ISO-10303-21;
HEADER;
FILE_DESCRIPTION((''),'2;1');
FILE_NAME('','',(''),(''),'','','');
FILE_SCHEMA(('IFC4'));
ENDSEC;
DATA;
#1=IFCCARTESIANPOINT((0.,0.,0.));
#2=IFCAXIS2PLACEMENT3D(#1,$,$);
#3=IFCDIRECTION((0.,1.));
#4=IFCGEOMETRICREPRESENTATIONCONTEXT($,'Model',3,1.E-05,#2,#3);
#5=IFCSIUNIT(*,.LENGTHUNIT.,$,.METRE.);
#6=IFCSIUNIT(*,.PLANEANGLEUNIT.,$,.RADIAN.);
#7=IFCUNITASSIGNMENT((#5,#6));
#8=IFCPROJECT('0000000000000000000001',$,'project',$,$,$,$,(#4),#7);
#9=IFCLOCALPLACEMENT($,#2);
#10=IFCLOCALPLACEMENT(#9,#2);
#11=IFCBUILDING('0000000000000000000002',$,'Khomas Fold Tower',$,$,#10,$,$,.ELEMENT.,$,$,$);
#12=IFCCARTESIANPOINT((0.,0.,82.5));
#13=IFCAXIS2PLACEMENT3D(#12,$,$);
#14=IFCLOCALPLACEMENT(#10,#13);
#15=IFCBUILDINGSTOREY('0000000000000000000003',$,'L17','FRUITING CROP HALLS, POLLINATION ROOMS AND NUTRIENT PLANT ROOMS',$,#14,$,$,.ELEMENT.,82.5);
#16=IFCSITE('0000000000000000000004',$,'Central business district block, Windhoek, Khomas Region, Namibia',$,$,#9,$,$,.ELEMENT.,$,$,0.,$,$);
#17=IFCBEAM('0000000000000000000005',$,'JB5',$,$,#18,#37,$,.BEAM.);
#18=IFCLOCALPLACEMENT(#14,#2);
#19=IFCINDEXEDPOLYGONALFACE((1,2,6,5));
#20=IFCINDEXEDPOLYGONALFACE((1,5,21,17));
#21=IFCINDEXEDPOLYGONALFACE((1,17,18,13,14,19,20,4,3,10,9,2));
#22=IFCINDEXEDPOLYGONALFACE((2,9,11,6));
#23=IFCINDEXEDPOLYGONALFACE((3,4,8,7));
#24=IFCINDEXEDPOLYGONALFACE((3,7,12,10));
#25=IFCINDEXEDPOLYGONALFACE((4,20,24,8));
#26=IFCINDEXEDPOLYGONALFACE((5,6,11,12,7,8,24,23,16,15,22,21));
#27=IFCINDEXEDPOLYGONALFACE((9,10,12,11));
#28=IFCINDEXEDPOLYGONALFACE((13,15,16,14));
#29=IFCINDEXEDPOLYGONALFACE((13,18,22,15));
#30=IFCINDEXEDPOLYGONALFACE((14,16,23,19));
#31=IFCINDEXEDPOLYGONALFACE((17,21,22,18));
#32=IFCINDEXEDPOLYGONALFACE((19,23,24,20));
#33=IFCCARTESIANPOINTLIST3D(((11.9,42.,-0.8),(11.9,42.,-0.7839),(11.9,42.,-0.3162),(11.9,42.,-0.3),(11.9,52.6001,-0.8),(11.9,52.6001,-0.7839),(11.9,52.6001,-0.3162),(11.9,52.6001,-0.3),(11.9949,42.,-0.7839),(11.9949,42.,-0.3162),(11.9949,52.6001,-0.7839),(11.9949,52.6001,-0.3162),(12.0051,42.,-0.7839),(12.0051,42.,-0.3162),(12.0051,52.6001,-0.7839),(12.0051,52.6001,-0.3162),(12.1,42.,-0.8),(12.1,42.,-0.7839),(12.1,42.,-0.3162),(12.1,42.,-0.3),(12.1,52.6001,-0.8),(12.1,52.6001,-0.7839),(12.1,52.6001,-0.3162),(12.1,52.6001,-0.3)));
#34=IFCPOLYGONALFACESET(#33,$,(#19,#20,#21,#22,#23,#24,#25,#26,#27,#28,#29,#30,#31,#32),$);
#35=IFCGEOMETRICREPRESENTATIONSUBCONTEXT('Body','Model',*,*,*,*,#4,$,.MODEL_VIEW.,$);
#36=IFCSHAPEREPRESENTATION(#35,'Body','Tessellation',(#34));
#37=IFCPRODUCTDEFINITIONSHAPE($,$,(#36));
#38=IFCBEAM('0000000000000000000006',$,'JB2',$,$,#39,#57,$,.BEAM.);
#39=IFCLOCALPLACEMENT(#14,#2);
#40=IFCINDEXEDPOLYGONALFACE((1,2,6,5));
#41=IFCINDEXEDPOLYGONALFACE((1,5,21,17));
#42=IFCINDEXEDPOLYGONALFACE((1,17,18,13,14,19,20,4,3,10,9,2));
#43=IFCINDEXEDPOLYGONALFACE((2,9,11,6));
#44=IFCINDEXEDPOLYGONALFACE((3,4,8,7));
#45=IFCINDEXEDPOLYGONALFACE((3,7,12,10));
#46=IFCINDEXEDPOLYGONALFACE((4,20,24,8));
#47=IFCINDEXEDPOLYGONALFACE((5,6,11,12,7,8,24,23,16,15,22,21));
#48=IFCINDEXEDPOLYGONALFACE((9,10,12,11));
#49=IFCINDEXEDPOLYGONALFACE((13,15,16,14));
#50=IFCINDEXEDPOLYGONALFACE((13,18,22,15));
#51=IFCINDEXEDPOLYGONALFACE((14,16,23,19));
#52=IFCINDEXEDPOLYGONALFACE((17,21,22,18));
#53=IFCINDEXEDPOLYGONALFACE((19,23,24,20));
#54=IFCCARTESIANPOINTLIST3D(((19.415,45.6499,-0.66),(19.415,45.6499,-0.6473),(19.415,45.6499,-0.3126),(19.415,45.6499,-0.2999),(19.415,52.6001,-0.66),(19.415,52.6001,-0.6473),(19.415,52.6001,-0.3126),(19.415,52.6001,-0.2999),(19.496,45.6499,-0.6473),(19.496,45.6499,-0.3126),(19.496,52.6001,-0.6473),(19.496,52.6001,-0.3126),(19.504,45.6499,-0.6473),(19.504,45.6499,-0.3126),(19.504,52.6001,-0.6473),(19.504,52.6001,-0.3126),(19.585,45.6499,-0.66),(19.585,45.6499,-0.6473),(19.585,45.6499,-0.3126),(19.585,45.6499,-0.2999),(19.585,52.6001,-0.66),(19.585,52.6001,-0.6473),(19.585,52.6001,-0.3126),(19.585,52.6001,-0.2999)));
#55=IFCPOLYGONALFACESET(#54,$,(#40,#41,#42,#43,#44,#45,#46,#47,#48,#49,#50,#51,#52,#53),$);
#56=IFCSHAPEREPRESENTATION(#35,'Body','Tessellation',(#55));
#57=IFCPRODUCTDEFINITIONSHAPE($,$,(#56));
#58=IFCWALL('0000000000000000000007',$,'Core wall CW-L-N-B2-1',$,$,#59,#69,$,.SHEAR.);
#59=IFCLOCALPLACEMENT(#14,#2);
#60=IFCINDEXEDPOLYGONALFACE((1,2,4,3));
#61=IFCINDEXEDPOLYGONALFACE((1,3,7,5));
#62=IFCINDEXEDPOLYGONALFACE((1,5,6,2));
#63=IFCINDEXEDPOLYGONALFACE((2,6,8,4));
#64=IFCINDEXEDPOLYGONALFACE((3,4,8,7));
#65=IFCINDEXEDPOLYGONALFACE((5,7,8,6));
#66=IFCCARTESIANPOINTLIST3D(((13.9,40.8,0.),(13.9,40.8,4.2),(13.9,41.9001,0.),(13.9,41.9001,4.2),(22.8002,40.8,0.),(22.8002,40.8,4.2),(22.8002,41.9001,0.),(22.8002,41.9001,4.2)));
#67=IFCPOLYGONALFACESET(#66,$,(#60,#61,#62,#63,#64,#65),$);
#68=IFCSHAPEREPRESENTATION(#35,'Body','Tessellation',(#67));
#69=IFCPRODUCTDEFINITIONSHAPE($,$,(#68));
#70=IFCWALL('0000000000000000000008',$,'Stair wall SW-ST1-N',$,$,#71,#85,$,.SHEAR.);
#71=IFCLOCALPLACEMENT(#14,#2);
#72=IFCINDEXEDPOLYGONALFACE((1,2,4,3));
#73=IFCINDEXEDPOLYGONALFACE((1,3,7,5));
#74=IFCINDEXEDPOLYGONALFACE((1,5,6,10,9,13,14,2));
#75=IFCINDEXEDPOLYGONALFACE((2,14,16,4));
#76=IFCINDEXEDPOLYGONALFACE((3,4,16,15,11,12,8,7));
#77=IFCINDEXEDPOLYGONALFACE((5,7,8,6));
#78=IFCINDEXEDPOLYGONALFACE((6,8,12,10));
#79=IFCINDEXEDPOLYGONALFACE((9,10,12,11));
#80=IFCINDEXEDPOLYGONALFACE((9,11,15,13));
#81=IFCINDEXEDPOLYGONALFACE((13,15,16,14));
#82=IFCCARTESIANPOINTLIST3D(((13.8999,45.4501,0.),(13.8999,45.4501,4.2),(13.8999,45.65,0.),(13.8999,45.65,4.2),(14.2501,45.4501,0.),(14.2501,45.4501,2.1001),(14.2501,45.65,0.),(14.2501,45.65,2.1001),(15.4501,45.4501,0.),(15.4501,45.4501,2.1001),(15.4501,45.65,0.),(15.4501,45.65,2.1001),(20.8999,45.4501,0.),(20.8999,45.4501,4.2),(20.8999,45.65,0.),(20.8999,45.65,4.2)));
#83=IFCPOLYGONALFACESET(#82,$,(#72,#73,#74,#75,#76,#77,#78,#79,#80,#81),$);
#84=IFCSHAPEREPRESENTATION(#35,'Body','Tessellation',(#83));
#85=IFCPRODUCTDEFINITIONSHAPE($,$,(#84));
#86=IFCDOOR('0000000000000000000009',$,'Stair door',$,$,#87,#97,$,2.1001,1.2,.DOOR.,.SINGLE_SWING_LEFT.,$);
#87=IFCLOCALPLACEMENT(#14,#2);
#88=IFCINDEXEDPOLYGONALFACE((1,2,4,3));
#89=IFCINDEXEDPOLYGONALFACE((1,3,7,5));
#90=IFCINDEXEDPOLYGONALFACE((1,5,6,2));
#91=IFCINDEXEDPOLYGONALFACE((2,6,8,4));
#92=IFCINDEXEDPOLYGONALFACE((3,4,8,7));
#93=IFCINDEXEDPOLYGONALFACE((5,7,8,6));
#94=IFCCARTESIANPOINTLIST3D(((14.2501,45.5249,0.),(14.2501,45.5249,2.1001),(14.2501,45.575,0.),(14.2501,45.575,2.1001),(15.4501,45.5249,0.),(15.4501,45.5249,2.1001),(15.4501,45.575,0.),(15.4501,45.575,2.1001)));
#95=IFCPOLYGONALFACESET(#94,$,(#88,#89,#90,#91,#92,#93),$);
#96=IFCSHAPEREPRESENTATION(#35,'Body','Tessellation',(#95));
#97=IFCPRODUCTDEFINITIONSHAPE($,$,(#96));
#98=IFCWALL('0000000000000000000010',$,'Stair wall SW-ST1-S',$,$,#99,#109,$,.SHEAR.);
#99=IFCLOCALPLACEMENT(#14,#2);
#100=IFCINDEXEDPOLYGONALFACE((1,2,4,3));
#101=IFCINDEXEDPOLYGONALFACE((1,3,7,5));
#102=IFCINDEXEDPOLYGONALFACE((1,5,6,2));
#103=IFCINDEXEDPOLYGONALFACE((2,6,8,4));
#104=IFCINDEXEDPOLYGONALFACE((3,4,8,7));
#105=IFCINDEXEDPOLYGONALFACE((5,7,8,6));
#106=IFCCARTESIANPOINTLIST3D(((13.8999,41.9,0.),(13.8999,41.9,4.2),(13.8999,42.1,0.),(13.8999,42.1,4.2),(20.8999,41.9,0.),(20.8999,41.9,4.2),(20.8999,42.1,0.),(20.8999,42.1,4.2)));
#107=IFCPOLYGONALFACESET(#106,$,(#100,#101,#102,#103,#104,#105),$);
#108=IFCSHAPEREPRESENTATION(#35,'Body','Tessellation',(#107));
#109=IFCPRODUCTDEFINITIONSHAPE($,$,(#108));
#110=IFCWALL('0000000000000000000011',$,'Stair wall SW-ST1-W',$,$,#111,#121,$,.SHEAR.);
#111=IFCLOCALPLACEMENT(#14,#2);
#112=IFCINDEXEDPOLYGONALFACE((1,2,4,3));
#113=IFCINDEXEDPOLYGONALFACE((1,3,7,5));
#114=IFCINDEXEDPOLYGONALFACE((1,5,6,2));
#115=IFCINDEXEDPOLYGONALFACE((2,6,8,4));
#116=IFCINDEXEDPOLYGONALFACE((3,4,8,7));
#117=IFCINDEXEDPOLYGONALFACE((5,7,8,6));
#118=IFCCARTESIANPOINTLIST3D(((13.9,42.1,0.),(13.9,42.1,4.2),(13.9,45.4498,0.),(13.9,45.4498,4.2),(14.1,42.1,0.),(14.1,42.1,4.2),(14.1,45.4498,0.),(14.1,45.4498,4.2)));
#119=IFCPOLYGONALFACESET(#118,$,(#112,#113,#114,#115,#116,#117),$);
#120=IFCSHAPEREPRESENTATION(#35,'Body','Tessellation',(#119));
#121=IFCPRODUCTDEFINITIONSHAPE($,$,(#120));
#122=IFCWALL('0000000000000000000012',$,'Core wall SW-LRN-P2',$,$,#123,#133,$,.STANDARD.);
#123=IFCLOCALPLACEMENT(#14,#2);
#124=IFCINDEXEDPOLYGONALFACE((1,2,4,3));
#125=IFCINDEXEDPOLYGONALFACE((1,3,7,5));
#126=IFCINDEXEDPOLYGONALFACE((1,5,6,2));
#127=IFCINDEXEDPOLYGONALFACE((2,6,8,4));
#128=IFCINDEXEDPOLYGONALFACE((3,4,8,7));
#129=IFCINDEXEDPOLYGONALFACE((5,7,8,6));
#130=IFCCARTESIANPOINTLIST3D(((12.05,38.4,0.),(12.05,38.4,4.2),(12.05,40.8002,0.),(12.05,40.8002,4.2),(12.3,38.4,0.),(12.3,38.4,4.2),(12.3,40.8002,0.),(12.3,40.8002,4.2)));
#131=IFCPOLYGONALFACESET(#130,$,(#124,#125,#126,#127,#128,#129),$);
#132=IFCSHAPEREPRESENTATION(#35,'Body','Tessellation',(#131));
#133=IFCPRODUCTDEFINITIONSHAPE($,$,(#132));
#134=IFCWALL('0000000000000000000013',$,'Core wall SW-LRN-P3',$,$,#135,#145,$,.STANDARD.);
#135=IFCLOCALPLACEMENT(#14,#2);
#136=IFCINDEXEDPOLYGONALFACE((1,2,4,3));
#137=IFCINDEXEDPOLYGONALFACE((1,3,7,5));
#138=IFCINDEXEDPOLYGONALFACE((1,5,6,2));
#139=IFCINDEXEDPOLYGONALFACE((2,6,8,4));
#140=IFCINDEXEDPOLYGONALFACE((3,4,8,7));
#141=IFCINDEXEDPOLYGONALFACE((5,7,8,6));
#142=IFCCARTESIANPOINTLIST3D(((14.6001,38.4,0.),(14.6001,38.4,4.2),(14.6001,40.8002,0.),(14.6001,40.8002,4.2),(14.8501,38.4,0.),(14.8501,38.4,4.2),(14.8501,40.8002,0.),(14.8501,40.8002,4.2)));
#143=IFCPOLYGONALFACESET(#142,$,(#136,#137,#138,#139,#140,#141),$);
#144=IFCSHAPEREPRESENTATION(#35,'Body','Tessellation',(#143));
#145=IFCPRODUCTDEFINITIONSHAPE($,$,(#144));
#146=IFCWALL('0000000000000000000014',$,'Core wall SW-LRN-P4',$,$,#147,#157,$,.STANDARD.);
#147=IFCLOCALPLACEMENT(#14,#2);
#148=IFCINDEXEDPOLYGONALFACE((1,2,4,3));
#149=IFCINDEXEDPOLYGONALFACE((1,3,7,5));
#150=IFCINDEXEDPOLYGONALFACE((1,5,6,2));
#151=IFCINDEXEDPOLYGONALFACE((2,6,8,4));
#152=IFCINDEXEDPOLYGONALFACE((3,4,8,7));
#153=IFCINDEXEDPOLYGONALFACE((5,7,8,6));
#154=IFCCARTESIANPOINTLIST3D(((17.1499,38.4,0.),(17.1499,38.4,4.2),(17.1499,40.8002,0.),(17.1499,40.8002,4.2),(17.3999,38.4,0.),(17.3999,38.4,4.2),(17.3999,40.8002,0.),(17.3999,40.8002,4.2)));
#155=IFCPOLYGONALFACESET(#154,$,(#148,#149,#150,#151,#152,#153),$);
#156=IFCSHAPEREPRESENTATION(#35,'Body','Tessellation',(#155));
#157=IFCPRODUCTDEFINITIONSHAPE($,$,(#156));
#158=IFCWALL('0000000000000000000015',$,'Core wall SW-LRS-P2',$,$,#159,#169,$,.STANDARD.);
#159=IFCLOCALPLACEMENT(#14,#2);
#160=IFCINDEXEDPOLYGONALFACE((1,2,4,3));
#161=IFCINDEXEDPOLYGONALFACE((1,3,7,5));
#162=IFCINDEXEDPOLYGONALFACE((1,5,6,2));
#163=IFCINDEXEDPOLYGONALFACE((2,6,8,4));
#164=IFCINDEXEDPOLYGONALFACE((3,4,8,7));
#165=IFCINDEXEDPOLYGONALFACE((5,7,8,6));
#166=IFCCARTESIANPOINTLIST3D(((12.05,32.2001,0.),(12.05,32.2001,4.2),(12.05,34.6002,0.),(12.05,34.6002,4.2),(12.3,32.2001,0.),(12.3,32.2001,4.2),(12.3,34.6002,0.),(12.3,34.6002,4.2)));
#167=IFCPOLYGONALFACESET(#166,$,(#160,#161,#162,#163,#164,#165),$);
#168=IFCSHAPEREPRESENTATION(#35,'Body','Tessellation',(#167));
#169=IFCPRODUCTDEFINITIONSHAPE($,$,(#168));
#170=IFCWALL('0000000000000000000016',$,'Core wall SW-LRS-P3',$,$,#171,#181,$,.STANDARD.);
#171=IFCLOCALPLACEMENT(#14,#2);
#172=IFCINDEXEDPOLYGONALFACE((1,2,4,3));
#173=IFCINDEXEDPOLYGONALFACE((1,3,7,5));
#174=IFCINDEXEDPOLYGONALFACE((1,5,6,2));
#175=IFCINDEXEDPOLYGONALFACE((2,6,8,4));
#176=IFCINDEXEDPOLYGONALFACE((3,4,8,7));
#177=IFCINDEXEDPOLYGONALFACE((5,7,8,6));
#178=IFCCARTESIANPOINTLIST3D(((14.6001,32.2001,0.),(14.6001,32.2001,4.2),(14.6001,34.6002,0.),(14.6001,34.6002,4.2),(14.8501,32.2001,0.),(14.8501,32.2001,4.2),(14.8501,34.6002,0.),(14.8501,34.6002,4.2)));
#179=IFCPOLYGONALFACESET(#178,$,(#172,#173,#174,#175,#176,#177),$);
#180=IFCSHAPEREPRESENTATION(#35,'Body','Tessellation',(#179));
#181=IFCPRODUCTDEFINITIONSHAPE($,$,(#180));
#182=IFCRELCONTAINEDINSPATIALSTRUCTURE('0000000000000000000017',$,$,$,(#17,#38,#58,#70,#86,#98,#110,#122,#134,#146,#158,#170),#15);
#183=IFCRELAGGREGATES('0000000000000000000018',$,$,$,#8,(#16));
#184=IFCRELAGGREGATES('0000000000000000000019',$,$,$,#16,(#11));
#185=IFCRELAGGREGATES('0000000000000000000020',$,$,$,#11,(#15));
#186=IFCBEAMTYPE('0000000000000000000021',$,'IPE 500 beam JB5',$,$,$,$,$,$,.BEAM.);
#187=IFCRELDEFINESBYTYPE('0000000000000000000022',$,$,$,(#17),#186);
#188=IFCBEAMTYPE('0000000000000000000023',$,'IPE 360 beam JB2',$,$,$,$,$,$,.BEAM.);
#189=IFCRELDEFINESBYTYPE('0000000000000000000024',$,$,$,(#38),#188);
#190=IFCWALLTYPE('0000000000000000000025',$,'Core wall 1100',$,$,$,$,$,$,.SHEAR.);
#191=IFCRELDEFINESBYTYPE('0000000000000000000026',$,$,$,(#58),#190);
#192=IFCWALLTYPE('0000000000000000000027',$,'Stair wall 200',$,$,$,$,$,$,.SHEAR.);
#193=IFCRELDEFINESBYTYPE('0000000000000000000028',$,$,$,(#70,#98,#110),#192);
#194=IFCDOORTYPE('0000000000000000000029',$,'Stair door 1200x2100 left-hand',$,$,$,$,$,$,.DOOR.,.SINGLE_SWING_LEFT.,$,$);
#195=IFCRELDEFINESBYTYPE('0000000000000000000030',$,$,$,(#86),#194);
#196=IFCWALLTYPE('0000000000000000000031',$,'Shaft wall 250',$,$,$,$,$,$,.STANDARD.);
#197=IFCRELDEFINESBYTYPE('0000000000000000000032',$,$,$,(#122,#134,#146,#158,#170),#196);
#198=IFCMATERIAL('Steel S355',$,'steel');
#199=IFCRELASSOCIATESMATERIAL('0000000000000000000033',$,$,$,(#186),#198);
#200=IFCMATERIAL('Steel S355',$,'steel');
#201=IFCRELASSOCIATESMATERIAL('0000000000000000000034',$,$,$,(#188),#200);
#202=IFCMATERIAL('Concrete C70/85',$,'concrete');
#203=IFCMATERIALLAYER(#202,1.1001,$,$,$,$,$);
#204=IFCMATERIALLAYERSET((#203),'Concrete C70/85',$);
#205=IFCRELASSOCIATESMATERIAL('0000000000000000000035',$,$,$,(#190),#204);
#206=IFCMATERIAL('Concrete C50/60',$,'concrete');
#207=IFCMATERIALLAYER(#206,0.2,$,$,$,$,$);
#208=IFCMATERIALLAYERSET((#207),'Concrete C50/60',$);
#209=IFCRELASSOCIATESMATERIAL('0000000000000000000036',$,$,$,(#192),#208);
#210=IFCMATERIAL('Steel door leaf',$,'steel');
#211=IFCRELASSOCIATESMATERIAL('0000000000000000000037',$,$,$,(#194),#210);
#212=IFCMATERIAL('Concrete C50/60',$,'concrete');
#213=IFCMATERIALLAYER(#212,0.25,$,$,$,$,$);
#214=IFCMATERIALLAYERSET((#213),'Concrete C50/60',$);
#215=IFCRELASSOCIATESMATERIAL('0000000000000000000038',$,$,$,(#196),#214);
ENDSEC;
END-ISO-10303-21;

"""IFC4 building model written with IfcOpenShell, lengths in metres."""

from ifc_helpers import new_model, si_unit, direction, frame, frame_2d, origin, origin_2d, place, context, subcontext, project, spatial, rectangle, i_section, extrude, source, transform, mapped, material, layer, layer_set, material_profile, profile_set, type_object, element, fill, save


model = new_model("IFC4")

# Units and contexts
model_context = context("Model", 3, precision=1e-05, world=origin(), true_north=direction((0.0, 1.0)))
body_context = subcontext(model_context, "Body", "Model", "MODEL_VIEW")
ifc_project = project(units=[si_unit("LENGTHUNIT", "METRE"), si_unit("PLANEANGLEUNIT", "RADIAN")], contexts=[model_context])

# Site, building, storey
site_placement = place(None, origin())
site = spatial("IfcSite", under=ifc_project, at=site_placement, Name="Central business district block, Windhoek, Khomas Region, Namibia", CompositionType="ELEMENT", RefElevation=0.0)
building_placement = place(site_placement, origin())
building = spatial("IfcBuilding", under=site, at=building_placement, Name="Khomas Fold Tower", CompositionType="ELEMENT")
storey_placement = place(building_placement, frame((0.0, 0.0, 82.5)))
storey = spatial("IfcBuildingStorey", under=building, at=storey_placement, Name="L17", Description="FRUITING CROP HALLS, POLLINATION ROOMS AND NUTRIENT PLANT ROOMS", CompositionType="ELEMENT", Elevation=82.5)

# Beams
ifc_material_1 = material(Name="Steel S355", Category="steel")
ifc_material_profile_1 = material_profile(ifc_material_1, i_section(OverallWidth=0.2, OverallDepth=0.5, WebThickness=0.0103, FlangeThickness=0.0161, at=origin_2d()), Name="IPE 500")
ifc_profile_set_1 = profile_set([ifc_material_profile_1], Name="Steel S355")
beam_type_1 = type_object("IfcBeamType", Name="IPE 500 beam JB5", PredefinedType="BEAM", material=ifc_profile_set_1)
shared_shape_1 = source(origin(), body_context, "Body", "SweptSolid", [
    extrude(i_section(OverallWidth=0.2, OverallDepth=0.5, WebThickness=0.0103, FlangeThickness=0.0161, at=origin_2d()), origin(), (0.0, 0.0, 1.0), 10.6001),
])
beam_1_placement = place(storey_placement, frame((12.0, 42.0, -0.55), z_axis=(0.0, 1.0, 0.0), x_axis=(-1.0, 0.0, 0.0)))
element("IfcBeam", 1, at=beam_1_placement, inside=storey, type_object=beam_type_1, Name="JB5", PredefinedType="BEAM", context=body_context, shape_type="MappedRepresentation", body=[
    mapped(shared_shape_1, transform((0.0, 0.0, 0.0))),
])
ifc_material_2 = material(Name="Steel S355", Category="steel")
ifc_material_profile_2 = material_profile(ifc_material_2, i_section(OverallWidth=0.1699, OverallDepth=0.3601, WebThickness=0.0081, FlangeThickness=0.0127, at=origin_2d()), Name="IPE 360")
ifc_profile_set_2 = profile_set([ifc_material_profile_2], Name="Steel S355")
beam_type_2 = type_object("IfcBeamType", Name="IPE 360 beam JB2", PredefinedType="BEAM", material=ifc_profile_set_2)
shared_shape_2 = source(origin(), body_context, "Body", "SweptSolid", [
    extrude(i_section(OverallWidth=0.1699, OverallDepth=0.3601, WebThickness=0.0081, FlangeThickness=0.0127, at=origin_2d()), origin(), (0.0, 0.0, 1.0), 6.9502),
])
beam_2_placement = place(storey_placement, frame((19.5, 45.6499, -0.48), z_axis=(0.0, 1.0, 0.0), x_axis=(-1.0, 0.0, 0.0)))
element("IfcBeam", 2, at=beam_2_placement, inside=storey, type_object=beam_type_2, Name="JB2", PredefinedType="BEAM", context=body_context, shape_type="MappedRepresentation", body=[
    mapped(shared_shape_2, transform((0.0, 0.0, 0.0))),
])

# Wall
ifc_material_3 = material(Name="Concrete C70/85", Category="concrete")
ifc_layer_1 = layer(ifc_material_3, 1.1001)
ifc_layer_set_1 = layer_set([ifc_layer_1], Name="Concrete C70/85")
wall_type_1 = type_object("IfcWallType", Name="Core wall 1100", PredefinedType="SHEAR", material=ifc_layer_set_1)
shared_shape_3 = source(origin(), body_context, "Body", "SweptSolid", [
    extrude(rectangle(XDim=8.9001, YDim=1.1001, at=frame_2d((4.4502, 0.0))), origin(), (0.0, 0.0, 1.0), 4.2),
])
wall_1_placement = place(storey_placement, frame((13.8999, 41.3501, 0.0), z_axis=(0.0, 0.0, 1.0), x_axis=(1.0, 0.0, 0.0)))
element("IfcWall", 3, at=wall_1_placement, inside=storey, type_object=wall_type_1, Name="Core wall CW-L-N-B2-1", PredefinedType="SHEAR", context=body_context, shape_type="MappedRepresentation", body=[
    mapped(shared_shape_3, transform((0.0, 0.0, 0.0))),
])

# Wall, opening, door
ifc_material_4 = material(Name="Concrete C50/60", Category="concrete")
ifc_layer_2 = layer(ifc_material_4, 0.2)
ifc_layer_set_2 = layer_set([ifc_layer_2], Name="Concrete C50/60")
wall_type_2 = type_object("IfcWallType", Name="Stair wall 200", PredefinedType="SHEAR", material=ifc_layer_set_2)
shared_shape_4 = source(origin(), body_context, "Body", "SweptSolid", [
    extrude(rectangle(XDim=7.0, YDim=0.2, at=frame_2d((3.5, 0.0))), origin(), (0.0, 0.0, 1.0), 4.2),
])
wall_2_placement = place(storey_placement, frame((13.8999, 45.55, 0.0), z_axis=(0.0, 0.0, 1.0), x_axis=(1.0, 0.0, 0.0)))
wall_2 = element("IfcWall", 4, at=wall_2_placement, inside=storey, type_object=wall_type_2, Name="Stair wall SW-ST1-N", PredefinedType="SHEAR", context=body_context, shape_type="MappedRepresentation", body=[
    mapped(shared_shape_4, transform((0.0, 0.0, 0.0))),
])
shared_shape_5 = source(origin(), body_context, "Body", "SweptSolid", [
    extrude(rectangle(XDim=1.2, YDim=2.1001, at=frame_2d((0.6001, 1.05))), frame((0.0, 0.1099, 0.0), z_axis=(0.0, -1.0, 0.0), x_axis=(1.0, 0.0, 0.0)), (0.0, 0.0, 1.0), 0.22),
])
opening_1_placement = place(wall_2_placement, frame((0.3501, 0.0, 0.0)))
opening_1 = element("IfcOpeningElement", 5, at=opening_1_placement, cuts=wall_2, PredefinedType="OPENING", context=body_context, shape_type="MappedRepresentation", body=[
    mapped(shared_shape_5, transform((0.0, 0.0, 0.0))),
])
ifc_material_5 = material(Name="Steel door leaf", Category="steel")
door_type_1 = type_object("IfcDoorType", Name="Stair door 1200x2100 left-hand", OperationType="SINGLE_SWING_LEFT", PredefinedType="DOOR", material=ifc_material_5)
shared_shape_6 = source(origin(), body_context, "Body", "SweptSolid", [
    extrude(rectangle(XDim=1.2, YDim=2.1001, at=frame_2d((0.6001, 1.05))), frame((0.0, 0.0249, 0.0), z_axis=(0.0, -1.0, 0.0), x_axis=(1.0, 0.0, 0.0)), (0.0, 0.0, 1.0), 0.05),
])
door_1_placement = place(opening_1_placement, origin())
door_1 = element("IfcDoor", 6, at=door_1_placement, inside=storey, type_object=door_type_1, Name="Stair door", OperationType="SINGLE_SWING_LEFT", OverallHeight=2.1001, OverallWidth=1.2, PredefinedType="DOOR", context=body_context, shape_type="MappedRepresentation", body=[
    mapped(shared_shape_6, transform((0.0, 0.0, 0.0))),
])
fill(opening_1, door_1)

# Walls
wall_3_placement = place(storey_placement, frame((13.8999, 42.0, 0.0), z_axis=(0.0, 0.0, 1.0), x_axis=(1.0, 0.0, 0.0)))
element("IfcWall", 7, at=wall_3_placement, inside=storey, type_object=wall_type_2, Name="Stair wall SW-ST1-S", PredefinedType="SHEAR", context=body_context, shape_type="MappedRepresentation", body=[
    mapped(shared_shape_4, transform((0.0, 0.0, 0.0))),
])
shared_shape_7 = source(origin(), body_context, "Body", "SweptSolid", [
    extrude(rectangle(XDim=3.3499, YDim=0.2, at=frame_2d((1.6748, 0.0))), origin(), (0.0, 0.0, 1.0), 4.2),
])
wall_4_placement = place(storey_placement, frame((14.0, 42.1001, 0.0), z_axis=(0.0, 0.0, 1.0), x_axis=(0.0, 1.0, 0.0)))
element("IfcWall", 8, at=wall_4_placement, inside=storey, type_object=wall_type_2, Name="Stair wall SW-ST1-W", PredefinedType="SHEAR", context=body_context, shape_type="MappedRepresentation", body=[
    mapped(shared_shape_7, transform((0.0, 0.0, 0.0))),
])
ifc_material_6 = material(Name="Concrete C50/60", Category="concrete")
ifc_layer_3 = layer(ifc_material_6, 0.25)
ifc_layer_set_3 = layer_set([ifc_layer_3], Name="Concrete C50/60")
wall_type_3 = type_object("IfcWallType", Name="Shaft wall 250", PredefinedType="STANDARD", material=ifc_layer_set_3)
shared_shape_8 = source(origin(), body_context, "Body", "SweptSolid", [
    extrude(rectangle(XDim=2.4001, YDim=0.25, at=frame_2d((1.2002, 0.0))), origin(), (0.0, 0.0, 1.0), 4.2),
])
for number, where, z_axis, x_axis, name in (
    (9, (12.175, 38.3999, 0.0), (0.0, 0.0, 1.0), (0.0, 1.0, 0.0), "Core wall SW-LRN-P2"),
    (10, (14.7251, 38.3999, 0.0), (0.0, 0.0, 1.0), (0.0, 1.0, 0.0), "Core wall SW-LRN-P3"),
    (11, (17.2749, 38.3999, 0.0), (0.0, 0.0, 1.0), (0.0, 1.0, 0.0), "Core wall SW-LRN-P4"),
    (12, (12.175, 32.2, 0.0), (0.0, 0.0, 1.0), (0.0, 1.0, 0.0), "Core wall SW-LRS-P2"),
    (13, (14.7251, 32.2, 0.0), (0.0, 0.0, 1.0), (0.0, 1.0, 0.0), "Core wall SW-LRS-P3"),
):
    element("IfcWall", number, at=place(storey_placement, frame(where, z_axis=z_axis, x_axis=x_axis)), inside=storey, type_object=wall_type_3, Name=name, PredefinedType="STANDARD", context=body_context, shape_type="MappedRepresentation", body=[
        mapped(shared_shape_8, transform((0.0, 0.0, 0.0))),
    ])

save(model, "model.ifc")
